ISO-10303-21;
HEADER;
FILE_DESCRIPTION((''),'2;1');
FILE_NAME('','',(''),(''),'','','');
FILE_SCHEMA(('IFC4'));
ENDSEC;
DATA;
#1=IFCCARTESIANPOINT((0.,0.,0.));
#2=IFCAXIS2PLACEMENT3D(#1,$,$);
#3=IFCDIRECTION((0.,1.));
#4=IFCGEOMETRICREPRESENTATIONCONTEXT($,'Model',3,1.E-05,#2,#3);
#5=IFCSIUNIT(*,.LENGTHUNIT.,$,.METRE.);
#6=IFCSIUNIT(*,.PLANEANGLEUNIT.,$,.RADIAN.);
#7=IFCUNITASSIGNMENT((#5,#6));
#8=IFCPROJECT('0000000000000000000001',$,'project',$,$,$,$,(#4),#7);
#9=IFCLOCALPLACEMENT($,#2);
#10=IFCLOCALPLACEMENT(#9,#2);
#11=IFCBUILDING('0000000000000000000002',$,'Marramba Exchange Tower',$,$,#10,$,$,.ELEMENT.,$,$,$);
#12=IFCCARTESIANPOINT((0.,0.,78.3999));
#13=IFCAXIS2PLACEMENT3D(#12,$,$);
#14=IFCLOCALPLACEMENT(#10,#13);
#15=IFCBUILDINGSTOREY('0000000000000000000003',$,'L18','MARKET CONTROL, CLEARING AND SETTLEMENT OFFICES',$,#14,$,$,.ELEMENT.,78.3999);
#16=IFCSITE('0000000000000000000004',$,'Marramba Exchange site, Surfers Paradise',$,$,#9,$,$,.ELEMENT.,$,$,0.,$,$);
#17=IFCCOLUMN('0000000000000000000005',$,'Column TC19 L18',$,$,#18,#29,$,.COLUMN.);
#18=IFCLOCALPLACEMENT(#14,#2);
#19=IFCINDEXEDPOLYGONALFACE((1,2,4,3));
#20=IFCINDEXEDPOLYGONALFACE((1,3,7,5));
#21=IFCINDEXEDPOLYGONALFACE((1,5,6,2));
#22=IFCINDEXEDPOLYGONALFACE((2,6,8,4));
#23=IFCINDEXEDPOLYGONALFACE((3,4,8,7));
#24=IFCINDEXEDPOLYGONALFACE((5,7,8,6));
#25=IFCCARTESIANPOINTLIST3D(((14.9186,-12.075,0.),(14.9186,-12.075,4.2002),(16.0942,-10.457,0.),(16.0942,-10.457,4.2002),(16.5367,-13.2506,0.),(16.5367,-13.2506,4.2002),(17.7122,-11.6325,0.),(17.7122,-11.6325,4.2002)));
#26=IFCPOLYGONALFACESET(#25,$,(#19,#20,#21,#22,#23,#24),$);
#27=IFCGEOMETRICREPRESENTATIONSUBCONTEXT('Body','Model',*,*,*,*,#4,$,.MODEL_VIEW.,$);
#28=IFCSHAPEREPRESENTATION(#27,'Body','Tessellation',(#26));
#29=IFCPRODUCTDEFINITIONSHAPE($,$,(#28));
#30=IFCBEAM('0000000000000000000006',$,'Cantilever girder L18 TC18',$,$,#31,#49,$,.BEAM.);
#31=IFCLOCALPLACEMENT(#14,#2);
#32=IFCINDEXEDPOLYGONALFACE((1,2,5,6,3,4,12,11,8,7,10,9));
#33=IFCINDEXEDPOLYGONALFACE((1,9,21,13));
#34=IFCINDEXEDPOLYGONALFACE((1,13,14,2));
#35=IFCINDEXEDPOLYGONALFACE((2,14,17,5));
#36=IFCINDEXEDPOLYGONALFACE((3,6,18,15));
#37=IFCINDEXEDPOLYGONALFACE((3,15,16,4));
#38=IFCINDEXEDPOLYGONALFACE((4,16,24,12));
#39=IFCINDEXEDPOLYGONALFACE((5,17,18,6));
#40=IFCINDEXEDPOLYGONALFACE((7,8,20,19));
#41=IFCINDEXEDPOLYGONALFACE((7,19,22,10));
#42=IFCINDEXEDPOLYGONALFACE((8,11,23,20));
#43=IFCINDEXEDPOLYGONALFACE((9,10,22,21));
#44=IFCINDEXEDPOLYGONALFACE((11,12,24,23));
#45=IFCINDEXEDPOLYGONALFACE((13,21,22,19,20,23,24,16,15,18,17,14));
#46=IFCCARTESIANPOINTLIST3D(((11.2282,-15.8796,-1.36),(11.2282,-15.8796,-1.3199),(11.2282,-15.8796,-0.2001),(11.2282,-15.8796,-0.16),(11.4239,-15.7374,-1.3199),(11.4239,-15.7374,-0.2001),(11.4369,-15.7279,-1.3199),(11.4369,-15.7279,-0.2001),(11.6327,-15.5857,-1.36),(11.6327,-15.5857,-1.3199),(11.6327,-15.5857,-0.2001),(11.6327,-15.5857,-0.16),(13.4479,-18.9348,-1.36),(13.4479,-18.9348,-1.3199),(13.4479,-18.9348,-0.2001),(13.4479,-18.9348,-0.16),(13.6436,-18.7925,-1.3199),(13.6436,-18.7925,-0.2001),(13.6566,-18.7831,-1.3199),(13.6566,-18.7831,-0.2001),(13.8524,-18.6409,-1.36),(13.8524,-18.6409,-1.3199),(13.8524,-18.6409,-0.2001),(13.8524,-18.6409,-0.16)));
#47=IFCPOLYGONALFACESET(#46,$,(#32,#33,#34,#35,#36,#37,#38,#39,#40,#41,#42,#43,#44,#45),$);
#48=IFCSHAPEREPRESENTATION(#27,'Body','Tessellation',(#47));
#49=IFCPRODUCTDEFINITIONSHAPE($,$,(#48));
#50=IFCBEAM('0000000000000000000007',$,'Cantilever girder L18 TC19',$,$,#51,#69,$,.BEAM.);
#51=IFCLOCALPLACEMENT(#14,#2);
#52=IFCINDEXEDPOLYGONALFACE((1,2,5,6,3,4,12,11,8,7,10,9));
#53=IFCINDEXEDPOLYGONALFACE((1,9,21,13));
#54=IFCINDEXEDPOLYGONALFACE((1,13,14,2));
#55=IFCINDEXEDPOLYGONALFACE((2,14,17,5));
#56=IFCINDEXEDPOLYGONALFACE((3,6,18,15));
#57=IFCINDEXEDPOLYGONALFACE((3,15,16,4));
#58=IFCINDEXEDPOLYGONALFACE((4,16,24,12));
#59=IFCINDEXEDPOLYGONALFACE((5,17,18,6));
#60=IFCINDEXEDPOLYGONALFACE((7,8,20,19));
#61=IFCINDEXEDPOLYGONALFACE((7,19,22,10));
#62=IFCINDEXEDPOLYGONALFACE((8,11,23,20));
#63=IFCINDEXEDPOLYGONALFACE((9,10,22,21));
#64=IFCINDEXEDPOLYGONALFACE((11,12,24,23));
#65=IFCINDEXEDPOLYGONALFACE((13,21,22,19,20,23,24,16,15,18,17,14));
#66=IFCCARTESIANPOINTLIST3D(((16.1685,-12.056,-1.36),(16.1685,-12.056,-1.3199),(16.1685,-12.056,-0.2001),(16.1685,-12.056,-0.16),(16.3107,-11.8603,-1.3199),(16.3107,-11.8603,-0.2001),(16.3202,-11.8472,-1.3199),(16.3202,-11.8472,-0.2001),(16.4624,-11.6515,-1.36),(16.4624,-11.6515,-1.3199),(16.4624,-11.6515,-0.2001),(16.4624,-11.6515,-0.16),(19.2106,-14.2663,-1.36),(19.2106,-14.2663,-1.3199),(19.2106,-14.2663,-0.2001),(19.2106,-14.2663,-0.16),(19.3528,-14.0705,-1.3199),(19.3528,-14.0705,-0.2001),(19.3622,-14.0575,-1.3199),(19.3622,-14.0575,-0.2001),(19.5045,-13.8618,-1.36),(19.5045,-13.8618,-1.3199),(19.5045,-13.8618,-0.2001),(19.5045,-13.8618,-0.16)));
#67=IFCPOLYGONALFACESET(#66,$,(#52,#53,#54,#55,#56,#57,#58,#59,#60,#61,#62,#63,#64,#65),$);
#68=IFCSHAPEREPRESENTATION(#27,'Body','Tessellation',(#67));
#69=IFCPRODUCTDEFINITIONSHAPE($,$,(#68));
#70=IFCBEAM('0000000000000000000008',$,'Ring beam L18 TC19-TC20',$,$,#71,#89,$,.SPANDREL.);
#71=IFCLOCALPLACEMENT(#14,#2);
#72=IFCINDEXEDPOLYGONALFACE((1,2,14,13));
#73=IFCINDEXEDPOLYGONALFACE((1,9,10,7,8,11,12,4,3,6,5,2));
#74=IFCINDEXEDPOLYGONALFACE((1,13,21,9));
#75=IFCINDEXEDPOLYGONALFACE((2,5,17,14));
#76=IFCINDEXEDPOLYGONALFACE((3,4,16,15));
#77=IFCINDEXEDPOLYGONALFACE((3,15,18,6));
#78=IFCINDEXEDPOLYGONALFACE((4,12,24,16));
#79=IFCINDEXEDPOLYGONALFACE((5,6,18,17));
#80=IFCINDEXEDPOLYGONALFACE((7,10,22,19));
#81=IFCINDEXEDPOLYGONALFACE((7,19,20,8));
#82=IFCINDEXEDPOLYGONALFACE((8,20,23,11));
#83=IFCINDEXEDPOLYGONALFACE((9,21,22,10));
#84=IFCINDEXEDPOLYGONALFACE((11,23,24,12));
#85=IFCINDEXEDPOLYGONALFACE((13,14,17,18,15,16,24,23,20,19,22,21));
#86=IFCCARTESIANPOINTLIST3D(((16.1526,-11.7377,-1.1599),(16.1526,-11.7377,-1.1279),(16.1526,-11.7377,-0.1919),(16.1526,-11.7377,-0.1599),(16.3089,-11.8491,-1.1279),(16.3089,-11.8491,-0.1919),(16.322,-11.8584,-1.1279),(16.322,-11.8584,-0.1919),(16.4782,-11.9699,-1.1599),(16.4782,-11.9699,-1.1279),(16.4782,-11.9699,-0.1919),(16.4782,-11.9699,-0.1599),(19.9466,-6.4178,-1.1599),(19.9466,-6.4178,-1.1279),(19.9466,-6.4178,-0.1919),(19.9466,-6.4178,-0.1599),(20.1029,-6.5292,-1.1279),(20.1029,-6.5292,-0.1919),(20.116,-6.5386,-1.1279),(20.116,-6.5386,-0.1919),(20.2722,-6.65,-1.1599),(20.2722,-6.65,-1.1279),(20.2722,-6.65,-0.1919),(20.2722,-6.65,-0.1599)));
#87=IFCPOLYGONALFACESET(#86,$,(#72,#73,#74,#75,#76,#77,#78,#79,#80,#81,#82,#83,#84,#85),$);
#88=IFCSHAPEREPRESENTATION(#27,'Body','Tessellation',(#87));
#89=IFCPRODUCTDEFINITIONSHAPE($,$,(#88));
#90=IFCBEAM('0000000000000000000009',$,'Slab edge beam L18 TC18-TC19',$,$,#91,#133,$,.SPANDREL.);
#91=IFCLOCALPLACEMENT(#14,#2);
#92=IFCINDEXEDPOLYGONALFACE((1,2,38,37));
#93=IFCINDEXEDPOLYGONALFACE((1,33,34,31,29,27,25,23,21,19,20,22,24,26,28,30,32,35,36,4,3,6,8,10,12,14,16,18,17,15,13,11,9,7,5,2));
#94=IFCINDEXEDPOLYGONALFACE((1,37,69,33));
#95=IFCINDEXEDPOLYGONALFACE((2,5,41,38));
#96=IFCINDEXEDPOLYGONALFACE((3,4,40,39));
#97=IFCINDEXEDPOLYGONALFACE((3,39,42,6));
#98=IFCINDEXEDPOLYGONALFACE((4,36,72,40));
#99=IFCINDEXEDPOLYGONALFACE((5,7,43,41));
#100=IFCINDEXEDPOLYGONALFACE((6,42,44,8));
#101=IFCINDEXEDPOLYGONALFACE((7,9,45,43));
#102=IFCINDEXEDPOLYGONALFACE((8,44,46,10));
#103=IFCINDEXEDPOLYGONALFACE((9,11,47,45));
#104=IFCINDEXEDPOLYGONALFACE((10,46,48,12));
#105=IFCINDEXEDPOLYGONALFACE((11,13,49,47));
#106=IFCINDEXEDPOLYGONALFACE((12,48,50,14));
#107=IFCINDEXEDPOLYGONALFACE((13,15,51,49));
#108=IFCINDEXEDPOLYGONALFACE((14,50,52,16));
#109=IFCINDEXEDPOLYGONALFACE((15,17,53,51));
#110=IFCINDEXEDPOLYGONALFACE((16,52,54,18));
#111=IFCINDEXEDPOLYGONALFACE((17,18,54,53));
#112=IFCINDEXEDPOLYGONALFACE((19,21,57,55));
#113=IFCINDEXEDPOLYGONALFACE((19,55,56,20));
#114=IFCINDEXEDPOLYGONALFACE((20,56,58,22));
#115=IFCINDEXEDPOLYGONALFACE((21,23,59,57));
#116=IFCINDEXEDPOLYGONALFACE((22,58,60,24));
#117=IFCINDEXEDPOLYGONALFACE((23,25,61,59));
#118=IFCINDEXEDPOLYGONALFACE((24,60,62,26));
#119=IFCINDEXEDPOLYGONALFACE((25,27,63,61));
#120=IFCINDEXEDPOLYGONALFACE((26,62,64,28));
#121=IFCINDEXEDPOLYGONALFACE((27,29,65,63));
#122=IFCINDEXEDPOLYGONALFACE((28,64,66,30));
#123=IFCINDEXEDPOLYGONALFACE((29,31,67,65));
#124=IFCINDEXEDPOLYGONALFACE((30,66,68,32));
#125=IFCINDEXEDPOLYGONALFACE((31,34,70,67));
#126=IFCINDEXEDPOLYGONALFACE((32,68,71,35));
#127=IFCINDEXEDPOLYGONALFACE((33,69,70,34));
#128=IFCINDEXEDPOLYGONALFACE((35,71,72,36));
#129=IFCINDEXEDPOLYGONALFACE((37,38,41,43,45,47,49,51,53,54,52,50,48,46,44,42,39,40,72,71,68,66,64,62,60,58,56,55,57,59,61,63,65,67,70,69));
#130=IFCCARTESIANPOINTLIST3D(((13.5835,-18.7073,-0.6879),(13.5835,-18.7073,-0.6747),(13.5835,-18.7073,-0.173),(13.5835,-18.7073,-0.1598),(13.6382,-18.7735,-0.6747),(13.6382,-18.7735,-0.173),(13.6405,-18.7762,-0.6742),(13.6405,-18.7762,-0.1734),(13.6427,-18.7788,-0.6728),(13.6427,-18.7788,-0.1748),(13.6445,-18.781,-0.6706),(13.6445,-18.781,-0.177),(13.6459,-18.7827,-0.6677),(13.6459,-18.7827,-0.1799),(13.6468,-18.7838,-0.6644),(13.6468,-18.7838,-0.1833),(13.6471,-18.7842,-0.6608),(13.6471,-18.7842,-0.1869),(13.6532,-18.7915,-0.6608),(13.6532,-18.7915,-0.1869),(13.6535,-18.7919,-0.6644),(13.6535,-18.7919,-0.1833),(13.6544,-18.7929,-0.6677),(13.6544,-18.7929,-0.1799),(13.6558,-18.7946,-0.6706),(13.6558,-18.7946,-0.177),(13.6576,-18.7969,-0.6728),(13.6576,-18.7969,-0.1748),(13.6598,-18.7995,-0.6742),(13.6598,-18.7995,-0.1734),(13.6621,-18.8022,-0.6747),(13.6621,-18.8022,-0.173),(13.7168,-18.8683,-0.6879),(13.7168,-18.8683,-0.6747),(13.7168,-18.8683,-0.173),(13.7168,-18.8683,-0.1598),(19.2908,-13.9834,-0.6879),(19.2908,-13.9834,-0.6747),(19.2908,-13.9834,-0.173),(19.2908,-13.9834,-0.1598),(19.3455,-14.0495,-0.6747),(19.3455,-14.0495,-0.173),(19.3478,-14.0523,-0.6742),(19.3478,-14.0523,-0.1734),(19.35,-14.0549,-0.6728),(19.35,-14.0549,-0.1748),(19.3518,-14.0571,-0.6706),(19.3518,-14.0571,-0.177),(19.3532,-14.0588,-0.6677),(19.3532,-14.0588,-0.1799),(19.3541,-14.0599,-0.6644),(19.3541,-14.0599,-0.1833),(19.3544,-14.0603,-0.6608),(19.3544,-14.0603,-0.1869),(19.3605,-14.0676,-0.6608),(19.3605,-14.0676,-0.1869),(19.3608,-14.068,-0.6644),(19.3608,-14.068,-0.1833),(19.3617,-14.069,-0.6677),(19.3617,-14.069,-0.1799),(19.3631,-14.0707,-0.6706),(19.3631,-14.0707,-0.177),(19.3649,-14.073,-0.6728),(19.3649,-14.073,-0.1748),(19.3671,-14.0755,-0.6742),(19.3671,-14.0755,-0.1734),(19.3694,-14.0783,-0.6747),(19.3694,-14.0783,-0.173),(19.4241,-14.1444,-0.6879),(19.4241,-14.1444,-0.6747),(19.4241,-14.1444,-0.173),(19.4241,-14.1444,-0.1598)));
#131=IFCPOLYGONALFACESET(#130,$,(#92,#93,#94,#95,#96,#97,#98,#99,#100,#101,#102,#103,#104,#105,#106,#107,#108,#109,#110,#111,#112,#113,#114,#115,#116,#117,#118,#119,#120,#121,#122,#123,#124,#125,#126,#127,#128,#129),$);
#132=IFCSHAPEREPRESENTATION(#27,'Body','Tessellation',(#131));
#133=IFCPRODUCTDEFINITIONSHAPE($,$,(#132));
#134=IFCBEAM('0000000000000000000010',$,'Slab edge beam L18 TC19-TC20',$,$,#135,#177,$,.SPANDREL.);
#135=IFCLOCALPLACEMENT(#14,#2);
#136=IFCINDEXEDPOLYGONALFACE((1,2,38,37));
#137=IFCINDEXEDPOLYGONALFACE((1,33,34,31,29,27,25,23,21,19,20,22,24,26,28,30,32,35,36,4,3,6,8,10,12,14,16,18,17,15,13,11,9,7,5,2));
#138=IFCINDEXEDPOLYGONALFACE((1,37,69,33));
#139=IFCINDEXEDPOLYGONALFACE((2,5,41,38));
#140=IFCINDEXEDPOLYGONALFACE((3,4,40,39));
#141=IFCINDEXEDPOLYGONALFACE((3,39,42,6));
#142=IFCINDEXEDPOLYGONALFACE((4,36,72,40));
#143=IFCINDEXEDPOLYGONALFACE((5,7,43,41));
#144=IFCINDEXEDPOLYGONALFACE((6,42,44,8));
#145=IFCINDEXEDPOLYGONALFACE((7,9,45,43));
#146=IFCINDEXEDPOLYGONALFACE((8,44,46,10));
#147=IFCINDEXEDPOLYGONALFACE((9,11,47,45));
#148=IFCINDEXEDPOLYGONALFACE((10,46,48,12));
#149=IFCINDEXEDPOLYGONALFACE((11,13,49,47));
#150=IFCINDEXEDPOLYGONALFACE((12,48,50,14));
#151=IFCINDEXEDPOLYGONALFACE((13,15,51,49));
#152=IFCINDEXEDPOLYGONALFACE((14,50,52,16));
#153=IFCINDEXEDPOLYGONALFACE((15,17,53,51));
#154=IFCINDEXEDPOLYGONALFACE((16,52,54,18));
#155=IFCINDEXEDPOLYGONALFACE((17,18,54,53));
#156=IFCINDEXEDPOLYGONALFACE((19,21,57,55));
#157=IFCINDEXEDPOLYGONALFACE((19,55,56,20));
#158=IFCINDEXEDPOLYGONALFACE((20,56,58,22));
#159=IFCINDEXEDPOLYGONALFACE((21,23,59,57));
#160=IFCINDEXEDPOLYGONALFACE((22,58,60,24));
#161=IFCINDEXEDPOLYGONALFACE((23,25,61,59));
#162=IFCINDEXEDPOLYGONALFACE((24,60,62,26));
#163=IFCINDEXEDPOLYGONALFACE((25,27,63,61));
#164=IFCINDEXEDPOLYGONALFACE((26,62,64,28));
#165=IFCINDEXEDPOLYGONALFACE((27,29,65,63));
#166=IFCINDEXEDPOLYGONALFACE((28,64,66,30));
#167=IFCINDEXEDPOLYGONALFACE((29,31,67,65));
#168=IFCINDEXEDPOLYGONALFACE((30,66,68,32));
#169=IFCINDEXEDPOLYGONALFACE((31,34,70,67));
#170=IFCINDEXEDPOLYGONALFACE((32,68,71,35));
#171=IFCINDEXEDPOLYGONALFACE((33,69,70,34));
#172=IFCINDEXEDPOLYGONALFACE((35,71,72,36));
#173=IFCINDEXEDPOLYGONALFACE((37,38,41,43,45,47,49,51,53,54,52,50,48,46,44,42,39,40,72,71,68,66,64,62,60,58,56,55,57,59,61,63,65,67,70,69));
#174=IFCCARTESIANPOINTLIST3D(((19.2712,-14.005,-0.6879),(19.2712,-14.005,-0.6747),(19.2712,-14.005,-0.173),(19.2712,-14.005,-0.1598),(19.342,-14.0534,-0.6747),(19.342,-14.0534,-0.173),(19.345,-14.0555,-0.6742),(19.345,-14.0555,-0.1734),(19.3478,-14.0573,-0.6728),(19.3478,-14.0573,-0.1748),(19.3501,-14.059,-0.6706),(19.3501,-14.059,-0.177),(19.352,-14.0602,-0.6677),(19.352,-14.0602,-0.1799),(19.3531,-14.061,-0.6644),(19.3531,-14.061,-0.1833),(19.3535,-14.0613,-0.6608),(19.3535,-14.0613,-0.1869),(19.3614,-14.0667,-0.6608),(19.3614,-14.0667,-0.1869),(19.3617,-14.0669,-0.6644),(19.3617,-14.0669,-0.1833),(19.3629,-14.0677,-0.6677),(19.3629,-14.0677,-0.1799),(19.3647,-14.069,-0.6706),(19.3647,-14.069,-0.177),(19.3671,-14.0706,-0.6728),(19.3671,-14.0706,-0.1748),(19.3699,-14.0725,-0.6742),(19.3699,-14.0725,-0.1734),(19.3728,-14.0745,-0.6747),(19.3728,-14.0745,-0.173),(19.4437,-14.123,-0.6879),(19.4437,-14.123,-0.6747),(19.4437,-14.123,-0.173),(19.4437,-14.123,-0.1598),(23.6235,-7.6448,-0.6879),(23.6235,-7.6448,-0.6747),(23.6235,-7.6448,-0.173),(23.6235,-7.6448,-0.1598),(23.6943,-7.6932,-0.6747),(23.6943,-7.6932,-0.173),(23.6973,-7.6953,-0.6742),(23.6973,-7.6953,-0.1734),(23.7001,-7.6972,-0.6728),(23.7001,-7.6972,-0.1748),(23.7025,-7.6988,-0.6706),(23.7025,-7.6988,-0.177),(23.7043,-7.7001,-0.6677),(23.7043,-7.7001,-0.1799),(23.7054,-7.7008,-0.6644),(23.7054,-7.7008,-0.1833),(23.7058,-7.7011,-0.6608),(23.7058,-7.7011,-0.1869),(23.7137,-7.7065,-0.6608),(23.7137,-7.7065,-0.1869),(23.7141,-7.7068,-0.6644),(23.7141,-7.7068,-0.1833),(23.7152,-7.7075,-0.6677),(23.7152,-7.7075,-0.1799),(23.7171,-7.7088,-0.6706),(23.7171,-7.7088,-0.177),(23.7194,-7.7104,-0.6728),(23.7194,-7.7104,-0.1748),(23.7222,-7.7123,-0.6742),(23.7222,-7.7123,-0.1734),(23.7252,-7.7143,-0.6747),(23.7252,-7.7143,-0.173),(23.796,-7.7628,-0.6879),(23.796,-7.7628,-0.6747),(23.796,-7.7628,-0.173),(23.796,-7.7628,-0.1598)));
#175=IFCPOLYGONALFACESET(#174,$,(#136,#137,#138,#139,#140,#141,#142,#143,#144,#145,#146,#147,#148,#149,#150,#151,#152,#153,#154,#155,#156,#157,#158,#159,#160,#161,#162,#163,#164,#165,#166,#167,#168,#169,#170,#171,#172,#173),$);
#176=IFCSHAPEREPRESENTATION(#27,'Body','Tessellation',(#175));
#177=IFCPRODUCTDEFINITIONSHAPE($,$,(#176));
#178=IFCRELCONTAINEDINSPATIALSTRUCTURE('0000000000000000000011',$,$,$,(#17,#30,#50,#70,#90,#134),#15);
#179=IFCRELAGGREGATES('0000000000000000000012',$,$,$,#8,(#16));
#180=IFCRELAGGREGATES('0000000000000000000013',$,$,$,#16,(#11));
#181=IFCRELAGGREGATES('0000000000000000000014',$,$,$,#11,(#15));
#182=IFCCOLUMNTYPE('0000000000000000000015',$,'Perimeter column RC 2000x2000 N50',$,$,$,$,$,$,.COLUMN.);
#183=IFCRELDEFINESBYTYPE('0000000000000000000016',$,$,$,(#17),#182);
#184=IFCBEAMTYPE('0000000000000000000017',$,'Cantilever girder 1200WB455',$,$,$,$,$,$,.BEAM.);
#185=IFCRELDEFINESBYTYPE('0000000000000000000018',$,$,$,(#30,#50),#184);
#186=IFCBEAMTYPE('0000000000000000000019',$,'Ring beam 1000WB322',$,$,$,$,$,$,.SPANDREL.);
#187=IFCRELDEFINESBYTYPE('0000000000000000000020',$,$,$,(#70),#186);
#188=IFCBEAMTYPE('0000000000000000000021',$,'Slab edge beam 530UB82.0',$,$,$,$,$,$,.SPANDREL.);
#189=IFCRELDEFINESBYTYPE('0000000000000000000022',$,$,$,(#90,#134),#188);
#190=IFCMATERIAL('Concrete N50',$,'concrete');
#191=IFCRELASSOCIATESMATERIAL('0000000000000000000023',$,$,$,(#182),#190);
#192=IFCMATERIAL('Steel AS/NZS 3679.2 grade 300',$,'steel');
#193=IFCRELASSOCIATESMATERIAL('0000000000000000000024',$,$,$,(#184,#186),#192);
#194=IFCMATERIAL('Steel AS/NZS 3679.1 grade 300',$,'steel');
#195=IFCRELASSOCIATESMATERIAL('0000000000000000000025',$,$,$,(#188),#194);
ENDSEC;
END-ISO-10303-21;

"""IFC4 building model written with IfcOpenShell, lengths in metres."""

from ifc_helpers import new_model, si_unit, direction, frame, origin, origin_2d, place, context, subcontext, project, spatial, rectangle, i_section, extrude, material, material_profile, profile_set, type_object, element, save


model = new_model("IFC4")

# Units and contexts
model_context = context("Model", 3, precision=1e-05, world=origin(), true_north=direction((0.0, 1.0)))
body_context = subcontext(model_context, "Body", "Model", "MODEL_VIEW")
ifc_project = project(units=[si_unit("LENGTHUNIT", "METRE"), si_unit("PLANEANGLEUNIT", "RADIAN")], contexts=[model_context])

# Site, building, storey
site_placement = place(None, origin())
site = spatial("IfcSite", under=ifc_project, at=site_placement, Name="Marramba Exchange site, Surfers Paradise", CompositionType="ELEMENT", RefElevation=0.0)
building_placement = place(site_placement, origin())
building = spatial("IfcBuilding", under=site, at=building_placement, Name="Marramba Exchange Tower", CompositionType="ELEMENT")
storey_placement = place(building_placement, frame((0.0, 0.0, 78.3999)))
storey = spatial("IfcBuildingStorey", under=building, at=storey_placement, Name="L18", Description="MARKET CONTROL, CLEARING AND SETTLEMENT OFFICES", CompositionType="ELEMENT", Elevation=78.3999)

# Column
ifc_material_1 = material(Name="Concrete N50", Category="concrete")
ifc_material_profile_1 = material_profile(ifc_material_1, rectangle(XDim=2.0, YDim=2.0, at=origin_2d()), Name="RC 2000x2000")
ifc_profile_set_1 = profile_set([ifc_material_profile_1], Name="Concrete N50")
column_type = type_object("IfcColumnType", Name="Perimeter column RC 2000x2000 N50", PredefinedType="COLUMN", material=ifc_profile_set_1)
column_placement = place(storey_placement, frame((16.3154, -11.8538, 0.0), z_axis=(0.0, 0.0, 1.0), x_axis=(0.809017, -0.587785, 0.0)))
element("IfcColumn", 1, at=column_placement, inside=storey, type_object=column_type, Name="Column TC19 L18", PredefinedType="COLUMN", context=body_context, shape_type="SweptSolid", body=[
    extrude(rectangle(XDim=2.0, YDim=2.0, at=origin_2d()), origin(), (0.0, 0.0, 1.0), 4.2002),
])

# Beams
ifc_material_2 = material(Name="Steel AS/NZS 3679.2 grade 300", Category="steel")
ifc_material_profile_2 = material_profile(ifc_material_2, i_section(OverallWidth=0.5, OverallDepth=1.2, WebThickness=0.0161, FlangeThickness=0.04, at=origin_2d()), Name="1200WB455")
ifc_profile_set_2 = profile_set([ifc_material_profile_2], Name="Steel AS/NZS 3679.2 grade 300")
beam_type_1 = type_object("IfcBeamType", Name="Cantilever girder 1200WB455", PredefinedType="BEAM", material=ifc_profile_set_2)
beam_1_placement = place(storey_placement, frame((11.4304, -15.7327, -0.76), z_axis=(0.587787, -0.809016, 0.0), x_axis=(0.809016, 0.587787, 0.0)))
element("IfcBeam", 2, at=beam_1_placement, inside=storey, type_object=beam_type_1, Name="Cantilever girder L18 TC18", PredefinedType="BEAM", context=body_context, shape_type="SweptSolid", body=[
    extrude(i_section(OverallWidth=0.5, OverallDepth=1.2, WebThickness=0.0161, FlangeThickness=0.04, at=origin_2d()), origin(), (0.0, 0.0, 1.0), 3.7764),
])
beam_2_placement = place(storey_placement, frame((16.3154, -11.8538, -0.76), z_axis=(0.809008, -0.587797, 0.0), x_axis=(0.587797, 0.809008, 0.0)))
element("IfcBeam", 3, at=beam_2_placement, inside=storey, type_object=beam_type_1, Name="Cantilever girder L18 TC19", PredefinedType="BEAM", context=body_context, shape_type="SweptSolid", body=[
    extrude(i_section(OverallWidth=0.5, OverallDepth=1.2, WebThickness=0.0161, FlangeThickness=0.04, at=origin_2d()), origin(), (0.0, 0.0, 1.0), 3.7603),
])
ifc_material_profile_3 = material_profile(ifc_material_2, i_section(OverallWidth=0.3999, OverallDepth=1.0, WebThickness=0.0161, FlangeThickness=0.032, at=origin_2d()), Name="1000WB322")
ifc_profile_set_3 = profile_set([ifc_material_profile_3], Name="Steel AS/NZS 3679.2 grade 300")
beam_type_2 = type_object("IfcBeamType", Name="Ring beam 1000WB322", PredefinedType="SPANDREL", material=ifc_profile_set_3)
beam_3_placement = place(storey_placement, frame((16.3154, -11.8538, -0.6599), z_axis=(0.580637, 0.814162, 0.0), x_axis=(-0.814162, 0.580637, 0.0)))
element("IfcBeam", 4, at=beam_3_placement, inside=storey, type_object=beam_type_2, Name="Ring beam L18 TC19-TC20", PredefinedType="SPANDREL", context=body_context, shape_type="SweptSolid", body=[
    extrude(i_section(OverallWidth=0.3999, OverallDepth=1.0, WebThickness=0.0161, FlangeThickness=0.032, at=origin_2d()), origin(), (0.0, 0.0, 1.0), 6.5342),
])
ifc_material_3 = material(Name="Steel AS/NZS 3679.1 grade 300", Category="steel")
ifc_material_profile_4 = material_profile(ifc_material_3, i_section(OverallWidth=0.209, OverallDepth=0.5281, WebThickness=0.0095, FlangeThickness=0.0132, FilletRadius=0.0139, at=origin_2d()), Name="530UB82.0")
ifc_profile_set_4 = profile_set([ifc_material_profile_4], Name="Steel AS/NZS 3679.1 grade 300")
beam_type_3 = type_object("IfcBeamType", Name="Slab edge beam 530UB82.0", PredefinedType="SPANDREL", material=ifc_profile_set_4)
beam_4_placement = place(storey_placement, frame((13.6501, -18.7878, -0.4238), z_axis=(0.770354, 0.637617, 0.0), x_axis=(-0.637617, 0.770354, 0.0)))
element("IfcBeam", 5, at=beam_4_placement, inside=storey, type_object=beam_type_3, Name="Slab edge beam L18 TC18-TC19", PredefinedType="SPANDREL", context=body_context, shape_type="SweptSolid", body=[
    extrude(i_section(OverallWidth=0.209, OverallDepth=0.5281, WebThickness=0.0095, FlangeThickness=0.0132, FilletRadius=0.0139, at=origin_2d()), origin(), (0.0, 0.0, 1.0), 7.4087),
])
beam_5_placement = place(storey_placement, frame((19.3574, -14.064, -0.4238), z_axis=(0.564741, 0.825268, 0.0), x_axis=(-0.825268, 0.564741, 0.0)))
element("IfcBeam", 6, at=beam_5_placement, inside=storey, type_object=beam_type_3, Name="Slab edge beam L18 TC19-TC20", PredefinedType="SPANDREL", context=body_context, shape_type="SweptSolid", body=[
    extrude(i_section(OverallWidth=0.209, OverallDepth=0.5281, WebThickness=0.0095, FlangeThickness=0.0132, FilletRadius=0.0139, at=origin_2d()), origin(), (0.0, 0.0, 1.0), 7.7068),
])

save(model, "model.ifc")
